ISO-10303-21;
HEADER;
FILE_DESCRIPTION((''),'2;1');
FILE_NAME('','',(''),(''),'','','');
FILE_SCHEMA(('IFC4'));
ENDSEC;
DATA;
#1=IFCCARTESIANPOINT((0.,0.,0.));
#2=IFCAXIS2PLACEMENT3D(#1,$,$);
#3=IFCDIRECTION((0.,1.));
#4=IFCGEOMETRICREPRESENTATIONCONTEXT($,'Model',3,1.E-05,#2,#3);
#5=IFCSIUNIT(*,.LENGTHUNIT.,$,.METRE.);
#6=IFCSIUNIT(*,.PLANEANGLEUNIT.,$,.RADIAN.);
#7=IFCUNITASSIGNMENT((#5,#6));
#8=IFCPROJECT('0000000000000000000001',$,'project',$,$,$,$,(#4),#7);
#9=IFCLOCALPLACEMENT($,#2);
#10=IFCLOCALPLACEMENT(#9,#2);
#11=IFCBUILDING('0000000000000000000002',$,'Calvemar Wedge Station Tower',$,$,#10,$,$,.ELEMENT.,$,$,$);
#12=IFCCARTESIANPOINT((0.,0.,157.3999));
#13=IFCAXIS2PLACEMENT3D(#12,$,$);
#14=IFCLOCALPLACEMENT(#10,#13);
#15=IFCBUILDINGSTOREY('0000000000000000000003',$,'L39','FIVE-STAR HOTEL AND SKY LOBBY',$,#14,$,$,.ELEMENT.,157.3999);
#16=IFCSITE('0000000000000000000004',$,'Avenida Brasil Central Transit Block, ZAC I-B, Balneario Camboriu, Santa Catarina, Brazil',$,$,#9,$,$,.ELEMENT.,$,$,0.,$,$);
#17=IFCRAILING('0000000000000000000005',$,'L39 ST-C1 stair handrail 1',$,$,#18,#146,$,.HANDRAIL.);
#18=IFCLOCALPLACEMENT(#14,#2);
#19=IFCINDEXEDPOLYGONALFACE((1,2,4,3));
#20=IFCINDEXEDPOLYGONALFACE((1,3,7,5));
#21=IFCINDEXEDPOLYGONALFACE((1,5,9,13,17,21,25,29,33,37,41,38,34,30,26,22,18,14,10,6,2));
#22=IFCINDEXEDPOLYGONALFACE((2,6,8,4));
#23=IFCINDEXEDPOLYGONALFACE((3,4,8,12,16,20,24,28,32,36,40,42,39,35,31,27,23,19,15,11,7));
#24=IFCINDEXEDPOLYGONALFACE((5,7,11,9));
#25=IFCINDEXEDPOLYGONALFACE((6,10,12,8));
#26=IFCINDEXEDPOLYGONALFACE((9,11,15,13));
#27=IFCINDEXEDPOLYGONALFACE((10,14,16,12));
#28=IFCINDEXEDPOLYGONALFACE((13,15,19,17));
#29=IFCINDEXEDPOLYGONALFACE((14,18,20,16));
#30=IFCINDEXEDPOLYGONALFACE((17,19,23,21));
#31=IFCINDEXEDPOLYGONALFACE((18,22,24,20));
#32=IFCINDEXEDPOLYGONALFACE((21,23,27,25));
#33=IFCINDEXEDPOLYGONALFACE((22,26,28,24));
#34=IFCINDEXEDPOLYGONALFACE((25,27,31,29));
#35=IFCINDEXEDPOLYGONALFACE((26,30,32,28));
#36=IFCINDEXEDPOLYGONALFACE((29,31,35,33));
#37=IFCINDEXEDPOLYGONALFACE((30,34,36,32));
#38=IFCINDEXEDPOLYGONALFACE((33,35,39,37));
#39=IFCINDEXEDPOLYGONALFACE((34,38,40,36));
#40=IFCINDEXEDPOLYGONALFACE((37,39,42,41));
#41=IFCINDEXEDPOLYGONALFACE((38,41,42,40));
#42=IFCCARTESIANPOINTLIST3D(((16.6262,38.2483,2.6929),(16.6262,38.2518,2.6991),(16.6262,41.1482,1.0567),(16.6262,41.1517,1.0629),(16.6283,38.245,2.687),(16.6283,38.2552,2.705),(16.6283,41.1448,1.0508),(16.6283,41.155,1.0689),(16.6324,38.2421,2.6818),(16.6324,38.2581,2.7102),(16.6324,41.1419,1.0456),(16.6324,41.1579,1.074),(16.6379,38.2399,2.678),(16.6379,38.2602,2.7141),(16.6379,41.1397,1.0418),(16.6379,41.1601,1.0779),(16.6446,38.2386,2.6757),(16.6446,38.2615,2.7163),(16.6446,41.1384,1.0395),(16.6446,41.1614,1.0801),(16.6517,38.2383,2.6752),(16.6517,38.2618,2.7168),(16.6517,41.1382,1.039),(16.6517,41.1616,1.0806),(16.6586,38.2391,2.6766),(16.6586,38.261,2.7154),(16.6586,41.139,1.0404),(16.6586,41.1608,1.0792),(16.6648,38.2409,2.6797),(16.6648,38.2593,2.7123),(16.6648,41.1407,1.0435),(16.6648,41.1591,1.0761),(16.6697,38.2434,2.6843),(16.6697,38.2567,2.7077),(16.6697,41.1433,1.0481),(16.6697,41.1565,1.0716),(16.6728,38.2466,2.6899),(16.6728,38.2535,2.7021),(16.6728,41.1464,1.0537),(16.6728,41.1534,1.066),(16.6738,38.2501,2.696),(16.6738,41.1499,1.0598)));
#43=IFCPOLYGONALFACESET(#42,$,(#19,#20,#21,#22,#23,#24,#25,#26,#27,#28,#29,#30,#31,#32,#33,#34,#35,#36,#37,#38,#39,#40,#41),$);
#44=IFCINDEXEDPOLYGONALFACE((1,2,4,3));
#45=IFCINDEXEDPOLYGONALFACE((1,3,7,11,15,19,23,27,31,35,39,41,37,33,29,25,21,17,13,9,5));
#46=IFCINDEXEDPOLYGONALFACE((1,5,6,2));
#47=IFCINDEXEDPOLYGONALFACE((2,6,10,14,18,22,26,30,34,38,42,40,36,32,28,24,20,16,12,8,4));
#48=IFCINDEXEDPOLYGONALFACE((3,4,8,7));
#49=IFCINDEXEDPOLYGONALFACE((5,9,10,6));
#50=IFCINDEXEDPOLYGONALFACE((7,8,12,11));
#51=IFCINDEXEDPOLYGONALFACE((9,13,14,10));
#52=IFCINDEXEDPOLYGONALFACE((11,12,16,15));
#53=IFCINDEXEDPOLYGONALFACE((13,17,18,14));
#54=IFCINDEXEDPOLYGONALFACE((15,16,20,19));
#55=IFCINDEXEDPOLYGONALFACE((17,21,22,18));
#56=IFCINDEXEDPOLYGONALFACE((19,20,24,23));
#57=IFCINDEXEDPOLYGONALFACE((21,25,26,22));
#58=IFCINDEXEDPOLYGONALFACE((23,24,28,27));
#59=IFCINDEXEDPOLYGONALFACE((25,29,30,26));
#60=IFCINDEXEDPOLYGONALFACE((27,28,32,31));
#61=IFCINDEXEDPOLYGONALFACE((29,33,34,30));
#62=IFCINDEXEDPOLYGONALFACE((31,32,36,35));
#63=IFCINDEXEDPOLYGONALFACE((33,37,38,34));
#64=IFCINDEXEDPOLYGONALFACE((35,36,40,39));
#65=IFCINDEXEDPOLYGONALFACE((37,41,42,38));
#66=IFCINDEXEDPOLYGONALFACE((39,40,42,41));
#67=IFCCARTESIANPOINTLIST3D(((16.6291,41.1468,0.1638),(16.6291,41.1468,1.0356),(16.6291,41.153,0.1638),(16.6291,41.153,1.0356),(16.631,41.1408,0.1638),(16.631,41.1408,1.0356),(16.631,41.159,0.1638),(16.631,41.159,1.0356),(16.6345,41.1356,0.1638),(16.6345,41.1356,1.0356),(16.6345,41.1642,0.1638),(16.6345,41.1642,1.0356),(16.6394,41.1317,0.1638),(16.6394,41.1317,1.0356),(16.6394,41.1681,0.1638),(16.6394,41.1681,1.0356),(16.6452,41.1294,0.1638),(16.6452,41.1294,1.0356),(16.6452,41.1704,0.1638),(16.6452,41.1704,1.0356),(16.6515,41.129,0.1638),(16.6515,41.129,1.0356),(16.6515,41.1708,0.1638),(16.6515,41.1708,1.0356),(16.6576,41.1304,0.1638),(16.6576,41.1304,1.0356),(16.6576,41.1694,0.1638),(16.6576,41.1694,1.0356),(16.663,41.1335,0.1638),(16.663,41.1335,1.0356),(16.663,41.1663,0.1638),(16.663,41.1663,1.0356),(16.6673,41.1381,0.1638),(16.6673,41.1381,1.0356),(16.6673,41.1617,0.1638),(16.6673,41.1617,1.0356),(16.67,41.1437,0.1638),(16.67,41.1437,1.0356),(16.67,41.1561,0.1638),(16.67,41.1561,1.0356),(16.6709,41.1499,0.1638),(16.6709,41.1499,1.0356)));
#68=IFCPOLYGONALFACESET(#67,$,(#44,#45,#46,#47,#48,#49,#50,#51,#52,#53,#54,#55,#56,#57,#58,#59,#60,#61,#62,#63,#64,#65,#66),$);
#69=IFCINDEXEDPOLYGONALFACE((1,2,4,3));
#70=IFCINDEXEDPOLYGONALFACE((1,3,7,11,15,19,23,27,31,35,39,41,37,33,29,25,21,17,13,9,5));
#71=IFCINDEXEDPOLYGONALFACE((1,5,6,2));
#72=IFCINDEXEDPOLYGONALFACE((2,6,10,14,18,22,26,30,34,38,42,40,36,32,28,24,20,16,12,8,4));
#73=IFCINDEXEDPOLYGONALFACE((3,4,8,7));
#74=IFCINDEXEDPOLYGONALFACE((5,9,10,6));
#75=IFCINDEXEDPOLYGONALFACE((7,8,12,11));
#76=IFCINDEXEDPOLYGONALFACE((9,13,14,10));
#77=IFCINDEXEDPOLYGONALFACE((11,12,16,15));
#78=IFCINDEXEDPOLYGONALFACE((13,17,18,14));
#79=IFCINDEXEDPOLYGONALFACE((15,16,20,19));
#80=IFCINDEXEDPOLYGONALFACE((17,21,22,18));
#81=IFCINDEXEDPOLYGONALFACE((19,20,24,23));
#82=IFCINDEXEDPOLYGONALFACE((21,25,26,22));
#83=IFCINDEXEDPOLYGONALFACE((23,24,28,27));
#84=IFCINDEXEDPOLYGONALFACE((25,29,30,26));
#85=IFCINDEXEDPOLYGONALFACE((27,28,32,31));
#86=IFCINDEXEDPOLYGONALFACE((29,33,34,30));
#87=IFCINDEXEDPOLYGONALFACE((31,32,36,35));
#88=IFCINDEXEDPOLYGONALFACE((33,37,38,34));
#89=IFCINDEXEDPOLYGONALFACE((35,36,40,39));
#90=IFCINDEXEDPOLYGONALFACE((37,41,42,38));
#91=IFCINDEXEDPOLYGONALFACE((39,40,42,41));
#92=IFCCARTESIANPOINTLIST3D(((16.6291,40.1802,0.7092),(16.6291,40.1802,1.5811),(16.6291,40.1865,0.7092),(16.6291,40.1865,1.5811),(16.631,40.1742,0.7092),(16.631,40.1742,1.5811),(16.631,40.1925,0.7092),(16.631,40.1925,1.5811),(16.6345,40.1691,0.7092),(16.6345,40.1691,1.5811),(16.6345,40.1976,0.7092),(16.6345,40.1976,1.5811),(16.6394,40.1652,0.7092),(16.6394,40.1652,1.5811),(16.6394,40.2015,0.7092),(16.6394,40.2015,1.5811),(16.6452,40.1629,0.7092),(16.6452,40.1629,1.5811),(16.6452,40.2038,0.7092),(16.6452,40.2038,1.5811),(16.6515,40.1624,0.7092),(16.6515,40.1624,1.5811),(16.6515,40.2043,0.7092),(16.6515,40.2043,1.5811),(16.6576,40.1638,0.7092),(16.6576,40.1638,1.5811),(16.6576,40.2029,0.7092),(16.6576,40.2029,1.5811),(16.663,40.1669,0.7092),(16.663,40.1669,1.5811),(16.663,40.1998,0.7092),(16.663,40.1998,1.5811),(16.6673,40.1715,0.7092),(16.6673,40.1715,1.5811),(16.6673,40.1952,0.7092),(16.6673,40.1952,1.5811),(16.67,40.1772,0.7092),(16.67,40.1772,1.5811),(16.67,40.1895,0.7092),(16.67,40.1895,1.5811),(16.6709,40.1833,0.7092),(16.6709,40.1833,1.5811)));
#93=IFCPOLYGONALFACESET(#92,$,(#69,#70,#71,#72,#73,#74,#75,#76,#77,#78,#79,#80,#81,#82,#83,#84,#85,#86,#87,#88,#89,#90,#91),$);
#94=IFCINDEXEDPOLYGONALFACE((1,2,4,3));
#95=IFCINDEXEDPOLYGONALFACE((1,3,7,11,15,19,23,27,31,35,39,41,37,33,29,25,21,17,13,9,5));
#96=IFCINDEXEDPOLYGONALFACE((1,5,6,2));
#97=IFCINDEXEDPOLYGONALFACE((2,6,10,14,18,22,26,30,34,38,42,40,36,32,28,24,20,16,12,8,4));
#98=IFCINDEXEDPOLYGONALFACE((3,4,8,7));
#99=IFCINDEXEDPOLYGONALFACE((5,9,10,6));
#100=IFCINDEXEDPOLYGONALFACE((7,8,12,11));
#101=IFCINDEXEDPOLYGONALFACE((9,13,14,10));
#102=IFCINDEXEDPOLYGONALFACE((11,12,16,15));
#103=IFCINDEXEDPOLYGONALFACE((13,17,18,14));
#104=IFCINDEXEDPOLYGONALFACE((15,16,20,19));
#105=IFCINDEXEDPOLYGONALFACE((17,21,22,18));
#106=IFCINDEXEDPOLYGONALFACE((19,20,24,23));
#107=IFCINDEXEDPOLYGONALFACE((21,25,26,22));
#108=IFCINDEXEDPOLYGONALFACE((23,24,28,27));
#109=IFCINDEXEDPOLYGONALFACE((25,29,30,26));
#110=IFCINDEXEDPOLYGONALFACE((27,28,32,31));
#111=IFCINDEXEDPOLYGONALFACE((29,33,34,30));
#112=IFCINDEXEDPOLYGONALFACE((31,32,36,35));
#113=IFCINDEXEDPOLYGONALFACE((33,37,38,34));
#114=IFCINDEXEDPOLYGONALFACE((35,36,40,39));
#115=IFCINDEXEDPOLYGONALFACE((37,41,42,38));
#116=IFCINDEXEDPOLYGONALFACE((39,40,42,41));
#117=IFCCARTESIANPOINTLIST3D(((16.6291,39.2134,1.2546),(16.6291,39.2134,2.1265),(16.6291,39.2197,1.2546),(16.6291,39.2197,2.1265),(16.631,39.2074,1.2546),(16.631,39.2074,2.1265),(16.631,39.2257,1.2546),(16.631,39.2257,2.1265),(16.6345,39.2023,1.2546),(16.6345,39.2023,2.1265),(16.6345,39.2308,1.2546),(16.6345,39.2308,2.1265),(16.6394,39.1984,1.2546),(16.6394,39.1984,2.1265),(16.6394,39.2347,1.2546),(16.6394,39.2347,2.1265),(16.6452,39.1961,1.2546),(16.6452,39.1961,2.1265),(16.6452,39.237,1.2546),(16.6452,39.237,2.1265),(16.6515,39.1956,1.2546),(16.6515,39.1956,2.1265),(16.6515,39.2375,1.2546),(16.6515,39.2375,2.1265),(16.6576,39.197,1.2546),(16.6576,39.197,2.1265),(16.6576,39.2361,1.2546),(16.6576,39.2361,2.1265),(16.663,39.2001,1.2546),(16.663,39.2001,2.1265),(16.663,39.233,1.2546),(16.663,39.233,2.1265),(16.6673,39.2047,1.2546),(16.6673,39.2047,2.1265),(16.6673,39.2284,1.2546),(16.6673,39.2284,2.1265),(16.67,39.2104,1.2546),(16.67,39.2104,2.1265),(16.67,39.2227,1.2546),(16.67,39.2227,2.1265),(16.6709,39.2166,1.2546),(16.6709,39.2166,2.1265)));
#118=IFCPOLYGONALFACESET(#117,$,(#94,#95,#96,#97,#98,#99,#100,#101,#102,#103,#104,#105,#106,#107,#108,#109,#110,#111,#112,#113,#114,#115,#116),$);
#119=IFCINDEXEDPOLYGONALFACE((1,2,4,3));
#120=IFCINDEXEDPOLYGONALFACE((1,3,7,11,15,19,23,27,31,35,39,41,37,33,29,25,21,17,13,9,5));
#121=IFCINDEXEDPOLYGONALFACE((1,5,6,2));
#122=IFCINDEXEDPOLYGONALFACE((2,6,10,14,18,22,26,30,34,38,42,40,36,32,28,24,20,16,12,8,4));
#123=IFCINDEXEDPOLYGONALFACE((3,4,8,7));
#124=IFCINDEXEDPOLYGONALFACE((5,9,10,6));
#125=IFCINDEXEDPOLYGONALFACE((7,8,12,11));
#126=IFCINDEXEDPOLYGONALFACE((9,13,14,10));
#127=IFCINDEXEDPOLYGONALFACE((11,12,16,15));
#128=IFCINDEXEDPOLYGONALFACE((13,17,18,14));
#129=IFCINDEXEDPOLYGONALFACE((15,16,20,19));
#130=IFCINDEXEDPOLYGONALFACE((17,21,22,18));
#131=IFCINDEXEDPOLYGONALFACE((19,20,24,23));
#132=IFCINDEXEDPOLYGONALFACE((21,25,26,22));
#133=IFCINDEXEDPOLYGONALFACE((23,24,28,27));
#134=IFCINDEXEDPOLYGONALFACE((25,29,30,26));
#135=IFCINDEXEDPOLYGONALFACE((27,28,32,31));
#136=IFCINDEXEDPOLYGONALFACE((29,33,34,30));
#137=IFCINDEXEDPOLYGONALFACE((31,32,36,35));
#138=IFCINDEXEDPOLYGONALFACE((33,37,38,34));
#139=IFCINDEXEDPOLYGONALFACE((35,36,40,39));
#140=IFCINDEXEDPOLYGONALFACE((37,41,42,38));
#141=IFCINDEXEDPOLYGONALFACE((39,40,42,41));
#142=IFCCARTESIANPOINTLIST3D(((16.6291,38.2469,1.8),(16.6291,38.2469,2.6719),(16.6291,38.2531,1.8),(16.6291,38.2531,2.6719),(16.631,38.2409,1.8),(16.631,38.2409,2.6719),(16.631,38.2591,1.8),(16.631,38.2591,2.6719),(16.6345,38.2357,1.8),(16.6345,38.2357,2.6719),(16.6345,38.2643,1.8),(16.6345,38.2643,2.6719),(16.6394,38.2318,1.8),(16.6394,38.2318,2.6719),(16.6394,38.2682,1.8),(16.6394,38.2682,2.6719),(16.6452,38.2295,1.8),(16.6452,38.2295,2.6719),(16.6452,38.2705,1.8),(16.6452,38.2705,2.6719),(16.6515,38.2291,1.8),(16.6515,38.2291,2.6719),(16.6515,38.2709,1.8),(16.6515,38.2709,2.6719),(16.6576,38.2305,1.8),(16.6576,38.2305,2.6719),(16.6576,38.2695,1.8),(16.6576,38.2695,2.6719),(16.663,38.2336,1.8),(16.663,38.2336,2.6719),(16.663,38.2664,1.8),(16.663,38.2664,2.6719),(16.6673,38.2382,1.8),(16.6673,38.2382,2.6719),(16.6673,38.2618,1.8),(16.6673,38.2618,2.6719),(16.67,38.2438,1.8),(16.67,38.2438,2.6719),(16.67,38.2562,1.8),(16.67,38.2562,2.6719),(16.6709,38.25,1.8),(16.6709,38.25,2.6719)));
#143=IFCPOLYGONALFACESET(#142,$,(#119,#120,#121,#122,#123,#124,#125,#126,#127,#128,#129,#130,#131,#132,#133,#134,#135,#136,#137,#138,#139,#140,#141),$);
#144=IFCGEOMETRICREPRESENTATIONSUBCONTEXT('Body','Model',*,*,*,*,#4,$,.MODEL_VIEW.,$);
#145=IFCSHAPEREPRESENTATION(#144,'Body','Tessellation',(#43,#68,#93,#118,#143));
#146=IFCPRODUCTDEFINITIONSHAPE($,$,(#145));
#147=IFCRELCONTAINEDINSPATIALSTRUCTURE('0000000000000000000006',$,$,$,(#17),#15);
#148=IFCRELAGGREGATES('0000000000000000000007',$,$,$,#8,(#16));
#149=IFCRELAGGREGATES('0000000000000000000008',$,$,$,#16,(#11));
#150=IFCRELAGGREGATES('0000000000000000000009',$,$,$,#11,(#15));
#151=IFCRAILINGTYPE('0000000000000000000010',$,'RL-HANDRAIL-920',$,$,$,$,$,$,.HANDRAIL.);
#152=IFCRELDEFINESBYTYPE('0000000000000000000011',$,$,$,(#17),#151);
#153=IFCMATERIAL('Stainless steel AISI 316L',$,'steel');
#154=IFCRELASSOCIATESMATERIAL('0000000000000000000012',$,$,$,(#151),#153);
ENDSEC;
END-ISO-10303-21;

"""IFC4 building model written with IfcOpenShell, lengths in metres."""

from ifc_helpers import new_model, si_unit, direction, frame, origin, origin_2d, place, context, subcontext, project, spatial, circle, extrude, material, type_object, element, save


model = new_model("IFC4")

# Units and contexts
model_context = context("Model", 3, precision=1e-05, world=origin(), true_north=direction((0.0, 1.0)))
body_context = subcontext(model_context, "Body", "Model", "MODEL_VIEW")
ifc_project = project(units=[si_unit("LENGTHUNIT", "METRE"), si_unit("PLANEANGLEUNIT", "RADIAN")], contexts=[model_context])

# Site, building, storey
site_placement = place(None, origin())
site = spatial("IfcSite", under=ifc_project, at=site_placement, Name="Avenida Brasil Central Transit Block, ZAC I-B, Balneario Camboriu, Santa Catarina, Brazil", CompositionType="ELEMENT", RefElevation=0.0)
building_placement = place(site_placement, origin())
building = spatial("IfcBuilding", under=site, at=building_placement, Name="Calvemar Wedge Station Tower", CompositionType="ELEMENT")
storey_placement = place(building_placement, frame((0.0, 0.0, 157.3999)))
storey = spatial("IfcBuildingStorey", under=building, at=storey_placement, Name="L39", Description="FIVE-STAR HOTEL AND SKY LOBBY", CompositionType="ELEMENT", Elevation=157.3999)

# Railing
ifc_material_1 = material(Name="Stainless steel AISI 316L", Category="steel")
railing_type_1 = type_object("IfcRailingType", Name="RL-HANDRAIL-920", PredefinedType="HANDRAIL", material=ifc_material_1)
railing_1_placement = place(storey_placement, frame((16.6499, 41.1499, 0.1638)))
element("IfcRailing", 1, at=railing_1_placement, inside=storey, type_object=railing_type_1, Name="L39 ST-C1 stair handrail 1", PredefinedType="HANDRAIL", context=body_context, shape_type="SweptSolid", body=[
    extrude(circle(Radius=0.0239, at=origin_2d()), frame((0.0, 0.0, 0.896), z_axis=(0.0, -0.870929, 0.49141), x_axis=(1.0, 0.0, 0.0)), (0.0, 0.0, 1.0), 3.3296),
    extrude(circle(Radius=0.021, at=origin_2d()), origin(), (0.0, 0.0, 1.0), 0.8718),
    extrude(circle(Radius=0.021, at=origin_2d()), frame((0.0, -0.9666, 0.5454)), (0.0, 0.0, 1.0), 0.8718),
    extrude(circle(Radius=0.021, at=origin_2d()), frame((0.0, -1.9333, 1.0908)), (0.0, 0.0, 1.0), 0.8718),
    extrude(circle(Radius=0.021, at=origin_2d()), frame((0.0, -2.8999, 1.6362)), (0.0, 0.0, 1.0), 0.8718),
])

save(model, "model.ifc")
